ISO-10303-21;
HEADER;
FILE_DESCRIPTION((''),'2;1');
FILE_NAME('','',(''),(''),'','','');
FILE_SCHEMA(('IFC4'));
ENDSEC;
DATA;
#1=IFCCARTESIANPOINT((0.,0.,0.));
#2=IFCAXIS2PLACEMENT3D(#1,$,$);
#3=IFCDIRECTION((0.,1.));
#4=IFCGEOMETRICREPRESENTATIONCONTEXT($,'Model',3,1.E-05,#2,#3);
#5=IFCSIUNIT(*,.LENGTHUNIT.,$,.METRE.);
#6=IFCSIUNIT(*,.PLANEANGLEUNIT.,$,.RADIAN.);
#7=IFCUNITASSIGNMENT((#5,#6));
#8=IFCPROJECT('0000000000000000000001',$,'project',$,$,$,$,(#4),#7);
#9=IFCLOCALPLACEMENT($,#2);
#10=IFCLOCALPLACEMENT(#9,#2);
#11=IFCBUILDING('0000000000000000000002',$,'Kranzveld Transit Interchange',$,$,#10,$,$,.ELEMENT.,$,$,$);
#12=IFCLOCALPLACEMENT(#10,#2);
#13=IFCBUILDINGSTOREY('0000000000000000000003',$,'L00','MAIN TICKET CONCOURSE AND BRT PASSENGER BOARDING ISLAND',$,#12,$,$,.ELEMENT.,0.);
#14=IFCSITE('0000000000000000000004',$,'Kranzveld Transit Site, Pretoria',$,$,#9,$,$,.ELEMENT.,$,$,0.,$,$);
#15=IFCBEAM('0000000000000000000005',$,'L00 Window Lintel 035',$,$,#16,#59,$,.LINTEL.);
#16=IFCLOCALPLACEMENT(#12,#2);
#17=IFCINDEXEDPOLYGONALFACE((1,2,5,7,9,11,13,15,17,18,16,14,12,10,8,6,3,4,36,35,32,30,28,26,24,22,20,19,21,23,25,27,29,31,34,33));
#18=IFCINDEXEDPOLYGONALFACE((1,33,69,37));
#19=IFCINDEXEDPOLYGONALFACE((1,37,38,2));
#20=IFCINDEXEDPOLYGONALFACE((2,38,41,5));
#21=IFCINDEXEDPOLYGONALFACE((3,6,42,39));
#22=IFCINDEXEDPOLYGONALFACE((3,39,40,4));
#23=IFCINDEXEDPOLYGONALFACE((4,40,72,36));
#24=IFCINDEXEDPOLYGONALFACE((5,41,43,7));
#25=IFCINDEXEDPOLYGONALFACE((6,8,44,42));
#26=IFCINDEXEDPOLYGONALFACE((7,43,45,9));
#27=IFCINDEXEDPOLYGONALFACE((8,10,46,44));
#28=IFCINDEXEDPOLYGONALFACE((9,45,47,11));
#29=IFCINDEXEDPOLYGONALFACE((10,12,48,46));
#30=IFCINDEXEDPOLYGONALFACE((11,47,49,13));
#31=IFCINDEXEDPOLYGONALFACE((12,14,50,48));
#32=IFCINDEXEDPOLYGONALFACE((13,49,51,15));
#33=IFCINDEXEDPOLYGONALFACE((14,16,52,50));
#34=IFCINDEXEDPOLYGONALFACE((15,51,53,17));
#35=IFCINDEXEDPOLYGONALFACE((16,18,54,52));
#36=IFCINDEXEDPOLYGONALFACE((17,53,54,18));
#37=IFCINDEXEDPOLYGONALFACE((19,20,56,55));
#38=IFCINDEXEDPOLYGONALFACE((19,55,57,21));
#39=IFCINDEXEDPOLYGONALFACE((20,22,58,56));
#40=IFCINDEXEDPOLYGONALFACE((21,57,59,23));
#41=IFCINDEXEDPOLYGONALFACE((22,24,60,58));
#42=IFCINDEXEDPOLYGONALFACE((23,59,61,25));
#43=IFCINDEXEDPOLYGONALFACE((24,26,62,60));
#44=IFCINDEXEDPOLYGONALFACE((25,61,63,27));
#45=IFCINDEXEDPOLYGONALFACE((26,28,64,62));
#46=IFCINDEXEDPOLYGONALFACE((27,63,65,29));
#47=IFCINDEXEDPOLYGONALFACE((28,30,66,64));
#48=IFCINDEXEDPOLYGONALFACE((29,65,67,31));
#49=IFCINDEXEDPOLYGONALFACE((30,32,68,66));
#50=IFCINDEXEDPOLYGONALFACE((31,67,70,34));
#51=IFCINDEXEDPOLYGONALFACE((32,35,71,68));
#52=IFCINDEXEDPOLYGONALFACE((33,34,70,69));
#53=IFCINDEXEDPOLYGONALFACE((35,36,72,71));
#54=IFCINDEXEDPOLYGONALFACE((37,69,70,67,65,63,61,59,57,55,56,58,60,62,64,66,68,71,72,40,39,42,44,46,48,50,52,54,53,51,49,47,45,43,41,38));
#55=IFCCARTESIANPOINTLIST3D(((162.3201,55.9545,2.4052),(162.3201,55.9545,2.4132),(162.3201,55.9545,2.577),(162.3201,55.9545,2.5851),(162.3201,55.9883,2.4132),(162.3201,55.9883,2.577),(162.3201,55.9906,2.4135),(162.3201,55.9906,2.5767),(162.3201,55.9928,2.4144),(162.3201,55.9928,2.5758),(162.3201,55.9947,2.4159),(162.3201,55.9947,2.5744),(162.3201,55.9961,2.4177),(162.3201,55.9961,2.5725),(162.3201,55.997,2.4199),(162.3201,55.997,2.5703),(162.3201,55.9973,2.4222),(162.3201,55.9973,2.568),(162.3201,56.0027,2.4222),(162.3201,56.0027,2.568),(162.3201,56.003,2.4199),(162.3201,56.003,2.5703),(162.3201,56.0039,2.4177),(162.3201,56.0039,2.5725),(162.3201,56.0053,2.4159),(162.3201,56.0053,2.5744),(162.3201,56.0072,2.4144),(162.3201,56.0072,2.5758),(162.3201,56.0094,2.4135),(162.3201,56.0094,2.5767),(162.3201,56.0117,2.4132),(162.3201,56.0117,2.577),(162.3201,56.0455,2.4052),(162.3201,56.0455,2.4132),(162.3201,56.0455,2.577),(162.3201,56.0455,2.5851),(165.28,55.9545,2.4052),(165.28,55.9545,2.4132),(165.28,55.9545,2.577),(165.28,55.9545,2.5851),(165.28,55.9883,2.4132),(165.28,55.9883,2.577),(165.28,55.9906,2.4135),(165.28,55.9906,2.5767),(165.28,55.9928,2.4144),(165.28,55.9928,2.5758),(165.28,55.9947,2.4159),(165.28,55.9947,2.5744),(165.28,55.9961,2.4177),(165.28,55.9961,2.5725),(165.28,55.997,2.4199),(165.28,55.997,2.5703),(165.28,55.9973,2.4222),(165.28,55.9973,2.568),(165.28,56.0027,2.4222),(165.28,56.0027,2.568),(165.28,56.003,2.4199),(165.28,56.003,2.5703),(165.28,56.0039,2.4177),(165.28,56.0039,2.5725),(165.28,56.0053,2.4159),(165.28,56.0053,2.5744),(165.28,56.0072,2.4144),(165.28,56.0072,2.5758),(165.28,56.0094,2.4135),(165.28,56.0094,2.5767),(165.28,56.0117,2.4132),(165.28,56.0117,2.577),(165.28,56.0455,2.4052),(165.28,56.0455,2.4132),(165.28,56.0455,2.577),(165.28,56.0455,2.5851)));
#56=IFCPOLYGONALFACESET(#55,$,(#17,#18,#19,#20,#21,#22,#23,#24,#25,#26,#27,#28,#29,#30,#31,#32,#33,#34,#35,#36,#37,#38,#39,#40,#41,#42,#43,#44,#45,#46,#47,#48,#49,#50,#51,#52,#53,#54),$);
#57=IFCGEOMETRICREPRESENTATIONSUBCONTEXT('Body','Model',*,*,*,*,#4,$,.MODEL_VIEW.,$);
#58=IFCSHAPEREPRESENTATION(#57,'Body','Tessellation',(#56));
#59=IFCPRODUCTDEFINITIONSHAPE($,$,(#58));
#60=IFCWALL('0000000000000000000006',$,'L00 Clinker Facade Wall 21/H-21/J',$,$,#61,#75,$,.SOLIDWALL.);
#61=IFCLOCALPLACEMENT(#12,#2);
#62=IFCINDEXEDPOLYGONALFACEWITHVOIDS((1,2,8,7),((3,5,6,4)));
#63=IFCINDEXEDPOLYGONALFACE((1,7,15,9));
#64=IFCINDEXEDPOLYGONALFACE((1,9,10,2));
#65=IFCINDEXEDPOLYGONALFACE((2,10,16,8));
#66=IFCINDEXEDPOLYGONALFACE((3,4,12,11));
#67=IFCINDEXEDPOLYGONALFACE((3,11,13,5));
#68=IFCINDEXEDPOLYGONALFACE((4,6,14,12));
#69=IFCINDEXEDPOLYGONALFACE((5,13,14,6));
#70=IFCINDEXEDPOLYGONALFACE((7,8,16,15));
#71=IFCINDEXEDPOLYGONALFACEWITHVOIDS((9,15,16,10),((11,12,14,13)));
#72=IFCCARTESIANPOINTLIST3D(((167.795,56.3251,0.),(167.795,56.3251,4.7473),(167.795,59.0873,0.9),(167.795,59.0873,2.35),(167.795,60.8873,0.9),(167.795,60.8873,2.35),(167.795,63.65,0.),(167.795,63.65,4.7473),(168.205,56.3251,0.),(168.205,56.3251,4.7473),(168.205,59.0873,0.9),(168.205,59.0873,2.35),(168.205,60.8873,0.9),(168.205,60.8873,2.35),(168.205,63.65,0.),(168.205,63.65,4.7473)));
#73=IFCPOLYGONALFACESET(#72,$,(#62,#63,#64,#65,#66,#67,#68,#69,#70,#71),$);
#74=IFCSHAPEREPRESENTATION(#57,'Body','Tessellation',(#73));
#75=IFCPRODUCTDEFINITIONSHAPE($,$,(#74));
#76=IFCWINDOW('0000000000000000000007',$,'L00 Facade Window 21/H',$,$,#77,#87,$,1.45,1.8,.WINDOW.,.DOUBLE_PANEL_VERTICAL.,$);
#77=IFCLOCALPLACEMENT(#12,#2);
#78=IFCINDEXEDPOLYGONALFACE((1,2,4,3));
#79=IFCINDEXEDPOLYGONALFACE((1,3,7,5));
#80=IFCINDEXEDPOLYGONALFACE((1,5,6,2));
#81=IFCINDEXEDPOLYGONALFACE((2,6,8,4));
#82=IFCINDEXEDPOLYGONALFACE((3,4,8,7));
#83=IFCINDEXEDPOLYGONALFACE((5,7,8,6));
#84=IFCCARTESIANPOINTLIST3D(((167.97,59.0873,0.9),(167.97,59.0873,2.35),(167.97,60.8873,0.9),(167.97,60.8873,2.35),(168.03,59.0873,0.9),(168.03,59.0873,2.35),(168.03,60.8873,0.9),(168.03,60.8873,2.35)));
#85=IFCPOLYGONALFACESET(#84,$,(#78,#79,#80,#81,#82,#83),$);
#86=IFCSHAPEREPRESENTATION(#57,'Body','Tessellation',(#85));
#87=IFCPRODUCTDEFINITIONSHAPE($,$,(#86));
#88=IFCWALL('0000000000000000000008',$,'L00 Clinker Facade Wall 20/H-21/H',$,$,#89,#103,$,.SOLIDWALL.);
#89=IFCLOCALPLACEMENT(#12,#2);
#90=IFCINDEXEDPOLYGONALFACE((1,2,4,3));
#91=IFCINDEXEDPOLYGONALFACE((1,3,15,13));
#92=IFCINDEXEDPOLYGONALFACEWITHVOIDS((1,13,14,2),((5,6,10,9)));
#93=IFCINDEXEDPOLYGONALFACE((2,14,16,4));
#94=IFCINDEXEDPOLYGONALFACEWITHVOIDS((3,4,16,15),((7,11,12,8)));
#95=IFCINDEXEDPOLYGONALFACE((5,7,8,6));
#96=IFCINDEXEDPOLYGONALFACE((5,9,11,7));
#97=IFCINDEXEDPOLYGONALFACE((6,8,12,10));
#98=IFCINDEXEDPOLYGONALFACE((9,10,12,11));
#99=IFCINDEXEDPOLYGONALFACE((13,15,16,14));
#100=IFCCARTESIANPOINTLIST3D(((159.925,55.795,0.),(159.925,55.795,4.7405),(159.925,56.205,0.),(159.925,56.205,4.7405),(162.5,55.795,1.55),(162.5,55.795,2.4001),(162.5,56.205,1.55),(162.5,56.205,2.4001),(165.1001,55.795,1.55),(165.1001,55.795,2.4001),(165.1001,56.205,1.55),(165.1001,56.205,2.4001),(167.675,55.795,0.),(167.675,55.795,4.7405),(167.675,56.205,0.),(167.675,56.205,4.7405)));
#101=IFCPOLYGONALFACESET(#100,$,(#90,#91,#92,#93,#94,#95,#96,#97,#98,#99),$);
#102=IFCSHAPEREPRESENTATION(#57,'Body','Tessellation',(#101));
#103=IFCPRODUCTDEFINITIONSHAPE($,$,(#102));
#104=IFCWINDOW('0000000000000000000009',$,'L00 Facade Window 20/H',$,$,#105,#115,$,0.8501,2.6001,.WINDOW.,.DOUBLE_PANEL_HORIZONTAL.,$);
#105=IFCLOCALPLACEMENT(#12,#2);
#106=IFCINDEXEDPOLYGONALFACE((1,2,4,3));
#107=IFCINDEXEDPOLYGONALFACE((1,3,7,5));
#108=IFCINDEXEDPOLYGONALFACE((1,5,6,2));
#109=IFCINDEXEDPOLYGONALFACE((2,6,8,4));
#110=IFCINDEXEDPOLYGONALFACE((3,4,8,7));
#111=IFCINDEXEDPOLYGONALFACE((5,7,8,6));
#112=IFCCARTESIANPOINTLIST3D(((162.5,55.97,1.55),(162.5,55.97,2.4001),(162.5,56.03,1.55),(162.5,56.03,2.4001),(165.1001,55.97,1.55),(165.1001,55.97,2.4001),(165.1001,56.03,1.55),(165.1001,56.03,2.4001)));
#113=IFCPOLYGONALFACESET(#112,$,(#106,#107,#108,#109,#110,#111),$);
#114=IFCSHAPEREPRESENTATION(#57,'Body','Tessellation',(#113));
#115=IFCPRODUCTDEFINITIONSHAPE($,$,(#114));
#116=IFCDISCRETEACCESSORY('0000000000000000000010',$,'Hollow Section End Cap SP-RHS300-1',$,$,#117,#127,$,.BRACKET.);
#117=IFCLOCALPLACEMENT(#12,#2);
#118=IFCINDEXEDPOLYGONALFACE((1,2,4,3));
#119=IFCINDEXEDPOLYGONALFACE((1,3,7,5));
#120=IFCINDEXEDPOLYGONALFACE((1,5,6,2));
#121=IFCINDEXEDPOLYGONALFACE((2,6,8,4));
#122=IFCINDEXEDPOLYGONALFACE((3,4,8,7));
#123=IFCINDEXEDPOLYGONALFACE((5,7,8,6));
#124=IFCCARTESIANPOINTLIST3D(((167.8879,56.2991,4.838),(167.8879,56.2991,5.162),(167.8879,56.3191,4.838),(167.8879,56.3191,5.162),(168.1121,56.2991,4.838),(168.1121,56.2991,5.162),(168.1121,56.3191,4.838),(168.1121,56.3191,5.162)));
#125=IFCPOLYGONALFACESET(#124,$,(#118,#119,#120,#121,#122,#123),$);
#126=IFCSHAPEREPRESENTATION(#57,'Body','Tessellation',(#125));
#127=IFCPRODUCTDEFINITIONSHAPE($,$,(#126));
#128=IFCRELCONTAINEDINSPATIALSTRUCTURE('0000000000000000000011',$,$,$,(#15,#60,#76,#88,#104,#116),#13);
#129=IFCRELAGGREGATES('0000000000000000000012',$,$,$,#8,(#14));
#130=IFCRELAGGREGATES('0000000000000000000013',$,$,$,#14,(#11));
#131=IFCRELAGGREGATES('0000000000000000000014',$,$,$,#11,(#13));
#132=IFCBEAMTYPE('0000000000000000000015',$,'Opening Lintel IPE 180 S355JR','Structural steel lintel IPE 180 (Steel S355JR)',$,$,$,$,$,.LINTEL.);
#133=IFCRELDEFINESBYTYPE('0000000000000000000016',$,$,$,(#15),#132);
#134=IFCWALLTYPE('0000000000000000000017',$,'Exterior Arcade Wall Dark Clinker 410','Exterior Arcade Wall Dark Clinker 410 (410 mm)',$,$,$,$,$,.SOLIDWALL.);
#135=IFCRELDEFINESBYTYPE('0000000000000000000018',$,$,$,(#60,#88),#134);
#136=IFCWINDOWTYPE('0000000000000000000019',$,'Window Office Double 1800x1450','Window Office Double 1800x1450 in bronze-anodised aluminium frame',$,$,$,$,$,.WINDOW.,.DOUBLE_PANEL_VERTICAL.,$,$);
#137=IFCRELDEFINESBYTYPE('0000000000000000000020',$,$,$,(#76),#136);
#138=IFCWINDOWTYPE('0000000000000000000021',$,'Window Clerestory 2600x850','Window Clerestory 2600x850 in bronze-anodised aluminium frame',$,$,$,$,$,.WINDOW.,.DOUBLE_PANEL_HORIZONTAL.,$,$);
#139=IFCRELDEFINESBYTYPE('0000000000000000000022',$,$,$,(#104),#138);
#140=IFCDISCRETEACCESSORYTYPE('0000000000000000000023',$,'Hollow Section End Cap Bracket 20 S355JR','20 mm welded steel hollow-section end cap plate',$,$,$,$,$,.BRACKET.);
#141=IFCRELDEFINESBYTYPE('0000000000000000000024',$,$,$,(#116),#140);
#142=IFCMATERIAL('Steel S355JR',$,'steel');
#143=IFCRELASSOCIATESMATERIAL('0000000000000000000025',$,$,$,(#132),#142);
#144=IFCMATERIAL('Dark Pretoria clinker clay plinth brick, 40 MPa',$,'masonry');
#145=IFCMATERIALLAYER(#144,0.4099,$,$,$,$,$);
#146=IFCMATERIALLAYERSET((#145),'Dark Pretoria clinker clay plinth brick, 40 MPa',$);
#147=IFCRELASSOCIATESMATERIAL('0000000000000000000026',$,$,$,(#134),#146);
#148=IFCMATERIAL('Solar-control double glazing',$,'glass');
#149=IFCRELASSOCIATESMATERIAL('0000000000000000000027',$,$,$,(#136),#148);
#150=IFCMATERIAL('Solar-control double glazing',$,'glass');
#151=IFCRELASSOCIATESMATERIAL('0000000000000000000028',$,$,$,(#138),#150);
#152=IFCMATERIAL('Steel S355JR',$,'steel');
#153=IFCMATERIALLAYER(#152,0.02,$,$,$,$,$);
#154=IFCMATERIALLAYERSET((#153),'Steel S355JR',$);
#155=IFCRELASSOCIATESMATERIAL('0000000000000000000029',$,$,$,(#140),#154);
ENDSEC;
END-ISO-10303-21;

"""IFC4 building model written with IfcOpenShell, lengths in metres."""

from ifc_helpers import new_model, si_unit, direction, frame, frame_2d, origin, origin_2d, place, context, subcontext, project, spatial, rectangle, i_section, extrude, material, layer, layer_set, material_profile, profile_set, type_object, element, fill, save


model = new_model("IFC4")

# Units and contexts
model_context = context("Model", 3, precision=1e-05, world=origin(), true_north=direction((0.0, 1.0)))
body_context = subcontext(model_context, "Body", "Model", "MODEL_VIEW")
ifc_project = project(units=[si_unit("LENGTHUNIT", "METRE"), si_unit("PLANEANGLEUNIT", "RADIAN")], contexts=[model_context])

# Site, building, storey
site_placement = place(None, origin())
site = spatial("IfcSite", under=ifc_project, at=site_placement, Name="Kranzveld Transit Site, Pretoria", CompositionType="ELEMENT", RefElevation=0.0)
building_placement = place(site_placement, origin())
building = spatial("IfcBuilding", under=site, at=building_placement, Name="Kranzveld Transit Interchange", CompositionType="ELEMENT")
storey_placement = place(building_placement, origin())
storey = spatial("IfcBuildingStorey", under=building, at=storey_placement, Name="L00", Description="MAIN TICKET CONCOURSE AND BRT PASSENGER BOARDING ISLAND", CompositionType="ELEMENT", Elevation=0.0)

# Beam
ifc_material_1 = material(Name="Steel S355JR", Category="steel")
ifc_material_profile_1 = material_profile(ifc_material_1, i_section(OverallWidth=0.0911, OverallDepth=0.1799, WebThickness=0.0054, FlangeThickness=0.0081, FilletRadius=0.009, at=origin_2d()), Name="IPE 180")
ifc_profile_set_1 = profile_set([ifc_material_profile_1], Name="Steel S355JR")
beam_type_1 = type_object("IfcBeamType", Name="Opening Lintel IPE 180 S355JR", Description="Structural steel lintel IPE 180 (Steel S355JR)", PredefinedType="LINTEL", material=ifc_profile_set_1)
beam_1_placement = place(storey_placement, frame((162.3201, 56.0, 2.4951), z_axis=(1.0, 0.0, 0.0), x_axis=(0.0, 1.0, 0.0)))
element("IfcBeam", 1, at=beam_1_placement, inside=storey, type_object=beam_type_1, Name="L00 Window Lintel 035", PredefinedType="LINTEL", context=body_context, shape_type="SweptSolid", body=[
    extrude(i_section(OverallWidth=0.0911, OverallDepth=0.1799, WebThickness=0.0054, FlangeThickness=0.0081, FilletRadius=0.009, at=origin_2d()), origin(), (0.0, 0.0, 1.0), 2.96),
])

# Walls, openings, windows
ifc_material_2 = material(Name="Dark Pretoria clinker clay plinth brick, 40 MPa", Category="masonry")
ifc_layer_1 = layer(ifc_material_2, 0.4099)
ifc_layer_set_1 = layer_set([ifc_layer_1], Name="Dark Pretoria clinker clay plinth brick, 40 MPa")
wall_type = type_object("IfcWallType", Name="Exterior Arcade Wall Dark Clinker 410", Description="Exterior Arcade Wall Dark Clinker 410 (410 mm)", PredefinedType="SOLIDWALL", material=ifc_layer_set_1)
wall_1_placement = place(storey_placement, frame((168.0, 56.325, 0.0), z_axis=(0.0, 0.0, 1.0), x_axis=(0.0, 1.0, 0.0)))
wall_1 = element("IfcWall", 2, at=wall_1_placement, inside=storey, type_object=wall_type, Name="L00 Clinker Facade Wall 21/H-21/J", PredefinedType="SOLIDWALL", context=body_context, shape_type="SweptSolid", body=[
    extrude(rectangle(XDim=7.325, YDim=0.4099, at=frame_2d((3.6626, 0.0))), origin(), (0.0, 0.0, 1.0), 4.7473),
])
opening_1_placement = place(wall_1_placement, frame((2.7625, 0.0, 0.8999), z_axis=(0.0, 0.0, 1.0), x_axis=(1.0, 0.0, 0.0)))
opening_1 = element("IfcOpeningElement", 3, at=opening_1_placement, cuts=wall_1, PredefinedType="OPENING", context=body_context, shape_type="SweptSolid", body=[
    extrude(rectangle(XDim=1.8, YDim=1.45, at=frame_2d((0.8999, 0.7251))), frame((0.0, 0.2148, 0.0), z_axis=(0.0, -1.0, 0.0), x_axis=(1.0, 0.0, 0.0)), (0.0, 0.0, 1.0), 0.4299),
])
ifc_material_3 = material(Name="Solar-control double glazing", Category="glass")
window_type_1 = type_object("IfcWindowType", Name="Window Office Double 1800x1450", Description="Window Office Double 1800x1450 in bronze-anodised aluminium frame", PartitioningType="DOUBLE_PANEL_VERTICAL", PredefinedType="WINDOW", material=ifc_material_3)
window_1_placement = place(opening_1_placement, origin())
window_1 = element("IfcWindow", 4, at=window_1_placement, inside=storey, type_object=window_type_1, Name="L00 Facade Window 21/H", OverallHeight=1.45, OverallWidth=1.8, PartitioningType="DOUBLE_PANEL_VERTICAL", PredefinedType="WINDOW", context=body_context, shape_type="SweptSolid", body=[
    extrude(rectangle(XDim=1.8, YDim=1.45, at=frame_2d((0.8999, 0.7251))), frame((0.0, 0.03, 0.0), z_axis=(0.0, -1.0, 0.0), x_axis=(1.0, 0.0, 0.0)), (0.0, 0.0, 1.0), 0.0601),
])
fill(opening_1, window_1)
wall_2_placement = place(storey_placement, frame((159.925, 56.0, 0.0), z_axis=(0.0, 0.0, 1.0), x_axis=(1.0, 0.0, 0.0)))
wall_2 = element("IfcWall", 5, at=wall_2_placement, inside=storey, type_object=wall_type, Name="L00 Clinker Facade Wall 20/H-21/H", PredefinedType="SOLIDWALL", context=body_context, shape_type="SweptSolid", body=[
    extrude(rectangle(XDim=7.75, YDim=0.4099, at=frame_2d((3.875, 0.0))), origin(), (0.0, 0.0, 1.0), 4.7405),
])
opening_2_placement = place(wall_2_placement, frame((2.575, 0.0, 1.55), z_axis=(0.0, 0.0, 1.0), x_axis=(1.0, 0.0, 0.0)))
opening_2 = element("IfcOpeningElement", 6, at=opening_2_placement, cuts=wall_2, PredefinedType="OPENING", context=body_context, shape_type="SweptSolid", body=[
    extrude(rectangle(XDim=2.6001, YDim=0.8501, at=frame_2d((1.3, 0.425))), frame((0.0, 0.2148, 0.0), z_axis=(0.0, -1.0, 0.0), x_axis=(1.0, 0.0, 0.0)), (0.0, 0.0, 1.0), 0.4299),
])
ifc_material_4 = material(Name="Solar-control double glazing", Category="glass")
window_type_2 = type_object("IfcWindowType", Name="Window Clerestory 2600x850", Description="Window Clerestory 2600x850 in bronze-anodised aluminium frame", PartitioningType="DOUBLE_PANEL_HORIZONTAL", PredefinedType="WINDOW", material=ifc_material_4)
window_2_placement = place(opening_2_placement, origin())
window_2 = element("IfcWindow", 7, at=window_2_placement, inside=storey, type_object=window_type_2, Name="L00 Facade Window 20/H", OverallHeight=0.8501, OverallWidth=2.6001, PartitioningType="DOUBLE_PANEL_HORIZONTAL", PredefinedType="WINDOW", context=body_context, shape_type="SweptSolid", body=[
    extrude(rectangle(XDim=2.6001, YDim=0.8501, at=frame_2d((1.3, 0.425))), frame((0.0, 0.03, 0.0), z_axis=(0.0, -1.0, 0.0), x_axis=(1.0, 0.0, 0.0)), (0.0, 0.0, 1.0), 0.0601),
])
fill(opening_2, window_2)

# Discrete accessory
ifc_material_5 = material(Name="Steel S355JR", Category="steel")
ifc_layer_2 = layer(ifc_material_5, 0.02)
ifc_layer_set_2 = layer_set([ifc_layer_2], Name="Steel S355JR")
discrete_accessory_type = type_object("IfcDiscreteAccessoryType", Name="Hollow Section End Cap Bracket 20 S355JR", Description="20 mm welded steel hollow-section end cap plate", PredefinedType="BRACKET", material=ifc_layer_set_2)
discrete_accessory_placement = place(storey_placement, frame((168.0, 56.3191, 5.0), z_axis=(0.0, -1.0, 0.0), x_axis=(1.0, 0.0, 0.0)))
element("IfcDiscreteAccessory", 8, at=discrete_accessory_placement, inside=storey, type_object=discrete_accessory_type, Name="Hollow Section End Cap SP-RHS300-1", PredefinedType="BRACKET", context=body_context, shape_type="SweptSolid", body=[
    extrude(rectangle(XDim=0.2241, YDim=0.324, at=origin_2d()), origin(), (0.0, 0.0, 1.0), 0.02),
])

save(model, "model.ifc")
